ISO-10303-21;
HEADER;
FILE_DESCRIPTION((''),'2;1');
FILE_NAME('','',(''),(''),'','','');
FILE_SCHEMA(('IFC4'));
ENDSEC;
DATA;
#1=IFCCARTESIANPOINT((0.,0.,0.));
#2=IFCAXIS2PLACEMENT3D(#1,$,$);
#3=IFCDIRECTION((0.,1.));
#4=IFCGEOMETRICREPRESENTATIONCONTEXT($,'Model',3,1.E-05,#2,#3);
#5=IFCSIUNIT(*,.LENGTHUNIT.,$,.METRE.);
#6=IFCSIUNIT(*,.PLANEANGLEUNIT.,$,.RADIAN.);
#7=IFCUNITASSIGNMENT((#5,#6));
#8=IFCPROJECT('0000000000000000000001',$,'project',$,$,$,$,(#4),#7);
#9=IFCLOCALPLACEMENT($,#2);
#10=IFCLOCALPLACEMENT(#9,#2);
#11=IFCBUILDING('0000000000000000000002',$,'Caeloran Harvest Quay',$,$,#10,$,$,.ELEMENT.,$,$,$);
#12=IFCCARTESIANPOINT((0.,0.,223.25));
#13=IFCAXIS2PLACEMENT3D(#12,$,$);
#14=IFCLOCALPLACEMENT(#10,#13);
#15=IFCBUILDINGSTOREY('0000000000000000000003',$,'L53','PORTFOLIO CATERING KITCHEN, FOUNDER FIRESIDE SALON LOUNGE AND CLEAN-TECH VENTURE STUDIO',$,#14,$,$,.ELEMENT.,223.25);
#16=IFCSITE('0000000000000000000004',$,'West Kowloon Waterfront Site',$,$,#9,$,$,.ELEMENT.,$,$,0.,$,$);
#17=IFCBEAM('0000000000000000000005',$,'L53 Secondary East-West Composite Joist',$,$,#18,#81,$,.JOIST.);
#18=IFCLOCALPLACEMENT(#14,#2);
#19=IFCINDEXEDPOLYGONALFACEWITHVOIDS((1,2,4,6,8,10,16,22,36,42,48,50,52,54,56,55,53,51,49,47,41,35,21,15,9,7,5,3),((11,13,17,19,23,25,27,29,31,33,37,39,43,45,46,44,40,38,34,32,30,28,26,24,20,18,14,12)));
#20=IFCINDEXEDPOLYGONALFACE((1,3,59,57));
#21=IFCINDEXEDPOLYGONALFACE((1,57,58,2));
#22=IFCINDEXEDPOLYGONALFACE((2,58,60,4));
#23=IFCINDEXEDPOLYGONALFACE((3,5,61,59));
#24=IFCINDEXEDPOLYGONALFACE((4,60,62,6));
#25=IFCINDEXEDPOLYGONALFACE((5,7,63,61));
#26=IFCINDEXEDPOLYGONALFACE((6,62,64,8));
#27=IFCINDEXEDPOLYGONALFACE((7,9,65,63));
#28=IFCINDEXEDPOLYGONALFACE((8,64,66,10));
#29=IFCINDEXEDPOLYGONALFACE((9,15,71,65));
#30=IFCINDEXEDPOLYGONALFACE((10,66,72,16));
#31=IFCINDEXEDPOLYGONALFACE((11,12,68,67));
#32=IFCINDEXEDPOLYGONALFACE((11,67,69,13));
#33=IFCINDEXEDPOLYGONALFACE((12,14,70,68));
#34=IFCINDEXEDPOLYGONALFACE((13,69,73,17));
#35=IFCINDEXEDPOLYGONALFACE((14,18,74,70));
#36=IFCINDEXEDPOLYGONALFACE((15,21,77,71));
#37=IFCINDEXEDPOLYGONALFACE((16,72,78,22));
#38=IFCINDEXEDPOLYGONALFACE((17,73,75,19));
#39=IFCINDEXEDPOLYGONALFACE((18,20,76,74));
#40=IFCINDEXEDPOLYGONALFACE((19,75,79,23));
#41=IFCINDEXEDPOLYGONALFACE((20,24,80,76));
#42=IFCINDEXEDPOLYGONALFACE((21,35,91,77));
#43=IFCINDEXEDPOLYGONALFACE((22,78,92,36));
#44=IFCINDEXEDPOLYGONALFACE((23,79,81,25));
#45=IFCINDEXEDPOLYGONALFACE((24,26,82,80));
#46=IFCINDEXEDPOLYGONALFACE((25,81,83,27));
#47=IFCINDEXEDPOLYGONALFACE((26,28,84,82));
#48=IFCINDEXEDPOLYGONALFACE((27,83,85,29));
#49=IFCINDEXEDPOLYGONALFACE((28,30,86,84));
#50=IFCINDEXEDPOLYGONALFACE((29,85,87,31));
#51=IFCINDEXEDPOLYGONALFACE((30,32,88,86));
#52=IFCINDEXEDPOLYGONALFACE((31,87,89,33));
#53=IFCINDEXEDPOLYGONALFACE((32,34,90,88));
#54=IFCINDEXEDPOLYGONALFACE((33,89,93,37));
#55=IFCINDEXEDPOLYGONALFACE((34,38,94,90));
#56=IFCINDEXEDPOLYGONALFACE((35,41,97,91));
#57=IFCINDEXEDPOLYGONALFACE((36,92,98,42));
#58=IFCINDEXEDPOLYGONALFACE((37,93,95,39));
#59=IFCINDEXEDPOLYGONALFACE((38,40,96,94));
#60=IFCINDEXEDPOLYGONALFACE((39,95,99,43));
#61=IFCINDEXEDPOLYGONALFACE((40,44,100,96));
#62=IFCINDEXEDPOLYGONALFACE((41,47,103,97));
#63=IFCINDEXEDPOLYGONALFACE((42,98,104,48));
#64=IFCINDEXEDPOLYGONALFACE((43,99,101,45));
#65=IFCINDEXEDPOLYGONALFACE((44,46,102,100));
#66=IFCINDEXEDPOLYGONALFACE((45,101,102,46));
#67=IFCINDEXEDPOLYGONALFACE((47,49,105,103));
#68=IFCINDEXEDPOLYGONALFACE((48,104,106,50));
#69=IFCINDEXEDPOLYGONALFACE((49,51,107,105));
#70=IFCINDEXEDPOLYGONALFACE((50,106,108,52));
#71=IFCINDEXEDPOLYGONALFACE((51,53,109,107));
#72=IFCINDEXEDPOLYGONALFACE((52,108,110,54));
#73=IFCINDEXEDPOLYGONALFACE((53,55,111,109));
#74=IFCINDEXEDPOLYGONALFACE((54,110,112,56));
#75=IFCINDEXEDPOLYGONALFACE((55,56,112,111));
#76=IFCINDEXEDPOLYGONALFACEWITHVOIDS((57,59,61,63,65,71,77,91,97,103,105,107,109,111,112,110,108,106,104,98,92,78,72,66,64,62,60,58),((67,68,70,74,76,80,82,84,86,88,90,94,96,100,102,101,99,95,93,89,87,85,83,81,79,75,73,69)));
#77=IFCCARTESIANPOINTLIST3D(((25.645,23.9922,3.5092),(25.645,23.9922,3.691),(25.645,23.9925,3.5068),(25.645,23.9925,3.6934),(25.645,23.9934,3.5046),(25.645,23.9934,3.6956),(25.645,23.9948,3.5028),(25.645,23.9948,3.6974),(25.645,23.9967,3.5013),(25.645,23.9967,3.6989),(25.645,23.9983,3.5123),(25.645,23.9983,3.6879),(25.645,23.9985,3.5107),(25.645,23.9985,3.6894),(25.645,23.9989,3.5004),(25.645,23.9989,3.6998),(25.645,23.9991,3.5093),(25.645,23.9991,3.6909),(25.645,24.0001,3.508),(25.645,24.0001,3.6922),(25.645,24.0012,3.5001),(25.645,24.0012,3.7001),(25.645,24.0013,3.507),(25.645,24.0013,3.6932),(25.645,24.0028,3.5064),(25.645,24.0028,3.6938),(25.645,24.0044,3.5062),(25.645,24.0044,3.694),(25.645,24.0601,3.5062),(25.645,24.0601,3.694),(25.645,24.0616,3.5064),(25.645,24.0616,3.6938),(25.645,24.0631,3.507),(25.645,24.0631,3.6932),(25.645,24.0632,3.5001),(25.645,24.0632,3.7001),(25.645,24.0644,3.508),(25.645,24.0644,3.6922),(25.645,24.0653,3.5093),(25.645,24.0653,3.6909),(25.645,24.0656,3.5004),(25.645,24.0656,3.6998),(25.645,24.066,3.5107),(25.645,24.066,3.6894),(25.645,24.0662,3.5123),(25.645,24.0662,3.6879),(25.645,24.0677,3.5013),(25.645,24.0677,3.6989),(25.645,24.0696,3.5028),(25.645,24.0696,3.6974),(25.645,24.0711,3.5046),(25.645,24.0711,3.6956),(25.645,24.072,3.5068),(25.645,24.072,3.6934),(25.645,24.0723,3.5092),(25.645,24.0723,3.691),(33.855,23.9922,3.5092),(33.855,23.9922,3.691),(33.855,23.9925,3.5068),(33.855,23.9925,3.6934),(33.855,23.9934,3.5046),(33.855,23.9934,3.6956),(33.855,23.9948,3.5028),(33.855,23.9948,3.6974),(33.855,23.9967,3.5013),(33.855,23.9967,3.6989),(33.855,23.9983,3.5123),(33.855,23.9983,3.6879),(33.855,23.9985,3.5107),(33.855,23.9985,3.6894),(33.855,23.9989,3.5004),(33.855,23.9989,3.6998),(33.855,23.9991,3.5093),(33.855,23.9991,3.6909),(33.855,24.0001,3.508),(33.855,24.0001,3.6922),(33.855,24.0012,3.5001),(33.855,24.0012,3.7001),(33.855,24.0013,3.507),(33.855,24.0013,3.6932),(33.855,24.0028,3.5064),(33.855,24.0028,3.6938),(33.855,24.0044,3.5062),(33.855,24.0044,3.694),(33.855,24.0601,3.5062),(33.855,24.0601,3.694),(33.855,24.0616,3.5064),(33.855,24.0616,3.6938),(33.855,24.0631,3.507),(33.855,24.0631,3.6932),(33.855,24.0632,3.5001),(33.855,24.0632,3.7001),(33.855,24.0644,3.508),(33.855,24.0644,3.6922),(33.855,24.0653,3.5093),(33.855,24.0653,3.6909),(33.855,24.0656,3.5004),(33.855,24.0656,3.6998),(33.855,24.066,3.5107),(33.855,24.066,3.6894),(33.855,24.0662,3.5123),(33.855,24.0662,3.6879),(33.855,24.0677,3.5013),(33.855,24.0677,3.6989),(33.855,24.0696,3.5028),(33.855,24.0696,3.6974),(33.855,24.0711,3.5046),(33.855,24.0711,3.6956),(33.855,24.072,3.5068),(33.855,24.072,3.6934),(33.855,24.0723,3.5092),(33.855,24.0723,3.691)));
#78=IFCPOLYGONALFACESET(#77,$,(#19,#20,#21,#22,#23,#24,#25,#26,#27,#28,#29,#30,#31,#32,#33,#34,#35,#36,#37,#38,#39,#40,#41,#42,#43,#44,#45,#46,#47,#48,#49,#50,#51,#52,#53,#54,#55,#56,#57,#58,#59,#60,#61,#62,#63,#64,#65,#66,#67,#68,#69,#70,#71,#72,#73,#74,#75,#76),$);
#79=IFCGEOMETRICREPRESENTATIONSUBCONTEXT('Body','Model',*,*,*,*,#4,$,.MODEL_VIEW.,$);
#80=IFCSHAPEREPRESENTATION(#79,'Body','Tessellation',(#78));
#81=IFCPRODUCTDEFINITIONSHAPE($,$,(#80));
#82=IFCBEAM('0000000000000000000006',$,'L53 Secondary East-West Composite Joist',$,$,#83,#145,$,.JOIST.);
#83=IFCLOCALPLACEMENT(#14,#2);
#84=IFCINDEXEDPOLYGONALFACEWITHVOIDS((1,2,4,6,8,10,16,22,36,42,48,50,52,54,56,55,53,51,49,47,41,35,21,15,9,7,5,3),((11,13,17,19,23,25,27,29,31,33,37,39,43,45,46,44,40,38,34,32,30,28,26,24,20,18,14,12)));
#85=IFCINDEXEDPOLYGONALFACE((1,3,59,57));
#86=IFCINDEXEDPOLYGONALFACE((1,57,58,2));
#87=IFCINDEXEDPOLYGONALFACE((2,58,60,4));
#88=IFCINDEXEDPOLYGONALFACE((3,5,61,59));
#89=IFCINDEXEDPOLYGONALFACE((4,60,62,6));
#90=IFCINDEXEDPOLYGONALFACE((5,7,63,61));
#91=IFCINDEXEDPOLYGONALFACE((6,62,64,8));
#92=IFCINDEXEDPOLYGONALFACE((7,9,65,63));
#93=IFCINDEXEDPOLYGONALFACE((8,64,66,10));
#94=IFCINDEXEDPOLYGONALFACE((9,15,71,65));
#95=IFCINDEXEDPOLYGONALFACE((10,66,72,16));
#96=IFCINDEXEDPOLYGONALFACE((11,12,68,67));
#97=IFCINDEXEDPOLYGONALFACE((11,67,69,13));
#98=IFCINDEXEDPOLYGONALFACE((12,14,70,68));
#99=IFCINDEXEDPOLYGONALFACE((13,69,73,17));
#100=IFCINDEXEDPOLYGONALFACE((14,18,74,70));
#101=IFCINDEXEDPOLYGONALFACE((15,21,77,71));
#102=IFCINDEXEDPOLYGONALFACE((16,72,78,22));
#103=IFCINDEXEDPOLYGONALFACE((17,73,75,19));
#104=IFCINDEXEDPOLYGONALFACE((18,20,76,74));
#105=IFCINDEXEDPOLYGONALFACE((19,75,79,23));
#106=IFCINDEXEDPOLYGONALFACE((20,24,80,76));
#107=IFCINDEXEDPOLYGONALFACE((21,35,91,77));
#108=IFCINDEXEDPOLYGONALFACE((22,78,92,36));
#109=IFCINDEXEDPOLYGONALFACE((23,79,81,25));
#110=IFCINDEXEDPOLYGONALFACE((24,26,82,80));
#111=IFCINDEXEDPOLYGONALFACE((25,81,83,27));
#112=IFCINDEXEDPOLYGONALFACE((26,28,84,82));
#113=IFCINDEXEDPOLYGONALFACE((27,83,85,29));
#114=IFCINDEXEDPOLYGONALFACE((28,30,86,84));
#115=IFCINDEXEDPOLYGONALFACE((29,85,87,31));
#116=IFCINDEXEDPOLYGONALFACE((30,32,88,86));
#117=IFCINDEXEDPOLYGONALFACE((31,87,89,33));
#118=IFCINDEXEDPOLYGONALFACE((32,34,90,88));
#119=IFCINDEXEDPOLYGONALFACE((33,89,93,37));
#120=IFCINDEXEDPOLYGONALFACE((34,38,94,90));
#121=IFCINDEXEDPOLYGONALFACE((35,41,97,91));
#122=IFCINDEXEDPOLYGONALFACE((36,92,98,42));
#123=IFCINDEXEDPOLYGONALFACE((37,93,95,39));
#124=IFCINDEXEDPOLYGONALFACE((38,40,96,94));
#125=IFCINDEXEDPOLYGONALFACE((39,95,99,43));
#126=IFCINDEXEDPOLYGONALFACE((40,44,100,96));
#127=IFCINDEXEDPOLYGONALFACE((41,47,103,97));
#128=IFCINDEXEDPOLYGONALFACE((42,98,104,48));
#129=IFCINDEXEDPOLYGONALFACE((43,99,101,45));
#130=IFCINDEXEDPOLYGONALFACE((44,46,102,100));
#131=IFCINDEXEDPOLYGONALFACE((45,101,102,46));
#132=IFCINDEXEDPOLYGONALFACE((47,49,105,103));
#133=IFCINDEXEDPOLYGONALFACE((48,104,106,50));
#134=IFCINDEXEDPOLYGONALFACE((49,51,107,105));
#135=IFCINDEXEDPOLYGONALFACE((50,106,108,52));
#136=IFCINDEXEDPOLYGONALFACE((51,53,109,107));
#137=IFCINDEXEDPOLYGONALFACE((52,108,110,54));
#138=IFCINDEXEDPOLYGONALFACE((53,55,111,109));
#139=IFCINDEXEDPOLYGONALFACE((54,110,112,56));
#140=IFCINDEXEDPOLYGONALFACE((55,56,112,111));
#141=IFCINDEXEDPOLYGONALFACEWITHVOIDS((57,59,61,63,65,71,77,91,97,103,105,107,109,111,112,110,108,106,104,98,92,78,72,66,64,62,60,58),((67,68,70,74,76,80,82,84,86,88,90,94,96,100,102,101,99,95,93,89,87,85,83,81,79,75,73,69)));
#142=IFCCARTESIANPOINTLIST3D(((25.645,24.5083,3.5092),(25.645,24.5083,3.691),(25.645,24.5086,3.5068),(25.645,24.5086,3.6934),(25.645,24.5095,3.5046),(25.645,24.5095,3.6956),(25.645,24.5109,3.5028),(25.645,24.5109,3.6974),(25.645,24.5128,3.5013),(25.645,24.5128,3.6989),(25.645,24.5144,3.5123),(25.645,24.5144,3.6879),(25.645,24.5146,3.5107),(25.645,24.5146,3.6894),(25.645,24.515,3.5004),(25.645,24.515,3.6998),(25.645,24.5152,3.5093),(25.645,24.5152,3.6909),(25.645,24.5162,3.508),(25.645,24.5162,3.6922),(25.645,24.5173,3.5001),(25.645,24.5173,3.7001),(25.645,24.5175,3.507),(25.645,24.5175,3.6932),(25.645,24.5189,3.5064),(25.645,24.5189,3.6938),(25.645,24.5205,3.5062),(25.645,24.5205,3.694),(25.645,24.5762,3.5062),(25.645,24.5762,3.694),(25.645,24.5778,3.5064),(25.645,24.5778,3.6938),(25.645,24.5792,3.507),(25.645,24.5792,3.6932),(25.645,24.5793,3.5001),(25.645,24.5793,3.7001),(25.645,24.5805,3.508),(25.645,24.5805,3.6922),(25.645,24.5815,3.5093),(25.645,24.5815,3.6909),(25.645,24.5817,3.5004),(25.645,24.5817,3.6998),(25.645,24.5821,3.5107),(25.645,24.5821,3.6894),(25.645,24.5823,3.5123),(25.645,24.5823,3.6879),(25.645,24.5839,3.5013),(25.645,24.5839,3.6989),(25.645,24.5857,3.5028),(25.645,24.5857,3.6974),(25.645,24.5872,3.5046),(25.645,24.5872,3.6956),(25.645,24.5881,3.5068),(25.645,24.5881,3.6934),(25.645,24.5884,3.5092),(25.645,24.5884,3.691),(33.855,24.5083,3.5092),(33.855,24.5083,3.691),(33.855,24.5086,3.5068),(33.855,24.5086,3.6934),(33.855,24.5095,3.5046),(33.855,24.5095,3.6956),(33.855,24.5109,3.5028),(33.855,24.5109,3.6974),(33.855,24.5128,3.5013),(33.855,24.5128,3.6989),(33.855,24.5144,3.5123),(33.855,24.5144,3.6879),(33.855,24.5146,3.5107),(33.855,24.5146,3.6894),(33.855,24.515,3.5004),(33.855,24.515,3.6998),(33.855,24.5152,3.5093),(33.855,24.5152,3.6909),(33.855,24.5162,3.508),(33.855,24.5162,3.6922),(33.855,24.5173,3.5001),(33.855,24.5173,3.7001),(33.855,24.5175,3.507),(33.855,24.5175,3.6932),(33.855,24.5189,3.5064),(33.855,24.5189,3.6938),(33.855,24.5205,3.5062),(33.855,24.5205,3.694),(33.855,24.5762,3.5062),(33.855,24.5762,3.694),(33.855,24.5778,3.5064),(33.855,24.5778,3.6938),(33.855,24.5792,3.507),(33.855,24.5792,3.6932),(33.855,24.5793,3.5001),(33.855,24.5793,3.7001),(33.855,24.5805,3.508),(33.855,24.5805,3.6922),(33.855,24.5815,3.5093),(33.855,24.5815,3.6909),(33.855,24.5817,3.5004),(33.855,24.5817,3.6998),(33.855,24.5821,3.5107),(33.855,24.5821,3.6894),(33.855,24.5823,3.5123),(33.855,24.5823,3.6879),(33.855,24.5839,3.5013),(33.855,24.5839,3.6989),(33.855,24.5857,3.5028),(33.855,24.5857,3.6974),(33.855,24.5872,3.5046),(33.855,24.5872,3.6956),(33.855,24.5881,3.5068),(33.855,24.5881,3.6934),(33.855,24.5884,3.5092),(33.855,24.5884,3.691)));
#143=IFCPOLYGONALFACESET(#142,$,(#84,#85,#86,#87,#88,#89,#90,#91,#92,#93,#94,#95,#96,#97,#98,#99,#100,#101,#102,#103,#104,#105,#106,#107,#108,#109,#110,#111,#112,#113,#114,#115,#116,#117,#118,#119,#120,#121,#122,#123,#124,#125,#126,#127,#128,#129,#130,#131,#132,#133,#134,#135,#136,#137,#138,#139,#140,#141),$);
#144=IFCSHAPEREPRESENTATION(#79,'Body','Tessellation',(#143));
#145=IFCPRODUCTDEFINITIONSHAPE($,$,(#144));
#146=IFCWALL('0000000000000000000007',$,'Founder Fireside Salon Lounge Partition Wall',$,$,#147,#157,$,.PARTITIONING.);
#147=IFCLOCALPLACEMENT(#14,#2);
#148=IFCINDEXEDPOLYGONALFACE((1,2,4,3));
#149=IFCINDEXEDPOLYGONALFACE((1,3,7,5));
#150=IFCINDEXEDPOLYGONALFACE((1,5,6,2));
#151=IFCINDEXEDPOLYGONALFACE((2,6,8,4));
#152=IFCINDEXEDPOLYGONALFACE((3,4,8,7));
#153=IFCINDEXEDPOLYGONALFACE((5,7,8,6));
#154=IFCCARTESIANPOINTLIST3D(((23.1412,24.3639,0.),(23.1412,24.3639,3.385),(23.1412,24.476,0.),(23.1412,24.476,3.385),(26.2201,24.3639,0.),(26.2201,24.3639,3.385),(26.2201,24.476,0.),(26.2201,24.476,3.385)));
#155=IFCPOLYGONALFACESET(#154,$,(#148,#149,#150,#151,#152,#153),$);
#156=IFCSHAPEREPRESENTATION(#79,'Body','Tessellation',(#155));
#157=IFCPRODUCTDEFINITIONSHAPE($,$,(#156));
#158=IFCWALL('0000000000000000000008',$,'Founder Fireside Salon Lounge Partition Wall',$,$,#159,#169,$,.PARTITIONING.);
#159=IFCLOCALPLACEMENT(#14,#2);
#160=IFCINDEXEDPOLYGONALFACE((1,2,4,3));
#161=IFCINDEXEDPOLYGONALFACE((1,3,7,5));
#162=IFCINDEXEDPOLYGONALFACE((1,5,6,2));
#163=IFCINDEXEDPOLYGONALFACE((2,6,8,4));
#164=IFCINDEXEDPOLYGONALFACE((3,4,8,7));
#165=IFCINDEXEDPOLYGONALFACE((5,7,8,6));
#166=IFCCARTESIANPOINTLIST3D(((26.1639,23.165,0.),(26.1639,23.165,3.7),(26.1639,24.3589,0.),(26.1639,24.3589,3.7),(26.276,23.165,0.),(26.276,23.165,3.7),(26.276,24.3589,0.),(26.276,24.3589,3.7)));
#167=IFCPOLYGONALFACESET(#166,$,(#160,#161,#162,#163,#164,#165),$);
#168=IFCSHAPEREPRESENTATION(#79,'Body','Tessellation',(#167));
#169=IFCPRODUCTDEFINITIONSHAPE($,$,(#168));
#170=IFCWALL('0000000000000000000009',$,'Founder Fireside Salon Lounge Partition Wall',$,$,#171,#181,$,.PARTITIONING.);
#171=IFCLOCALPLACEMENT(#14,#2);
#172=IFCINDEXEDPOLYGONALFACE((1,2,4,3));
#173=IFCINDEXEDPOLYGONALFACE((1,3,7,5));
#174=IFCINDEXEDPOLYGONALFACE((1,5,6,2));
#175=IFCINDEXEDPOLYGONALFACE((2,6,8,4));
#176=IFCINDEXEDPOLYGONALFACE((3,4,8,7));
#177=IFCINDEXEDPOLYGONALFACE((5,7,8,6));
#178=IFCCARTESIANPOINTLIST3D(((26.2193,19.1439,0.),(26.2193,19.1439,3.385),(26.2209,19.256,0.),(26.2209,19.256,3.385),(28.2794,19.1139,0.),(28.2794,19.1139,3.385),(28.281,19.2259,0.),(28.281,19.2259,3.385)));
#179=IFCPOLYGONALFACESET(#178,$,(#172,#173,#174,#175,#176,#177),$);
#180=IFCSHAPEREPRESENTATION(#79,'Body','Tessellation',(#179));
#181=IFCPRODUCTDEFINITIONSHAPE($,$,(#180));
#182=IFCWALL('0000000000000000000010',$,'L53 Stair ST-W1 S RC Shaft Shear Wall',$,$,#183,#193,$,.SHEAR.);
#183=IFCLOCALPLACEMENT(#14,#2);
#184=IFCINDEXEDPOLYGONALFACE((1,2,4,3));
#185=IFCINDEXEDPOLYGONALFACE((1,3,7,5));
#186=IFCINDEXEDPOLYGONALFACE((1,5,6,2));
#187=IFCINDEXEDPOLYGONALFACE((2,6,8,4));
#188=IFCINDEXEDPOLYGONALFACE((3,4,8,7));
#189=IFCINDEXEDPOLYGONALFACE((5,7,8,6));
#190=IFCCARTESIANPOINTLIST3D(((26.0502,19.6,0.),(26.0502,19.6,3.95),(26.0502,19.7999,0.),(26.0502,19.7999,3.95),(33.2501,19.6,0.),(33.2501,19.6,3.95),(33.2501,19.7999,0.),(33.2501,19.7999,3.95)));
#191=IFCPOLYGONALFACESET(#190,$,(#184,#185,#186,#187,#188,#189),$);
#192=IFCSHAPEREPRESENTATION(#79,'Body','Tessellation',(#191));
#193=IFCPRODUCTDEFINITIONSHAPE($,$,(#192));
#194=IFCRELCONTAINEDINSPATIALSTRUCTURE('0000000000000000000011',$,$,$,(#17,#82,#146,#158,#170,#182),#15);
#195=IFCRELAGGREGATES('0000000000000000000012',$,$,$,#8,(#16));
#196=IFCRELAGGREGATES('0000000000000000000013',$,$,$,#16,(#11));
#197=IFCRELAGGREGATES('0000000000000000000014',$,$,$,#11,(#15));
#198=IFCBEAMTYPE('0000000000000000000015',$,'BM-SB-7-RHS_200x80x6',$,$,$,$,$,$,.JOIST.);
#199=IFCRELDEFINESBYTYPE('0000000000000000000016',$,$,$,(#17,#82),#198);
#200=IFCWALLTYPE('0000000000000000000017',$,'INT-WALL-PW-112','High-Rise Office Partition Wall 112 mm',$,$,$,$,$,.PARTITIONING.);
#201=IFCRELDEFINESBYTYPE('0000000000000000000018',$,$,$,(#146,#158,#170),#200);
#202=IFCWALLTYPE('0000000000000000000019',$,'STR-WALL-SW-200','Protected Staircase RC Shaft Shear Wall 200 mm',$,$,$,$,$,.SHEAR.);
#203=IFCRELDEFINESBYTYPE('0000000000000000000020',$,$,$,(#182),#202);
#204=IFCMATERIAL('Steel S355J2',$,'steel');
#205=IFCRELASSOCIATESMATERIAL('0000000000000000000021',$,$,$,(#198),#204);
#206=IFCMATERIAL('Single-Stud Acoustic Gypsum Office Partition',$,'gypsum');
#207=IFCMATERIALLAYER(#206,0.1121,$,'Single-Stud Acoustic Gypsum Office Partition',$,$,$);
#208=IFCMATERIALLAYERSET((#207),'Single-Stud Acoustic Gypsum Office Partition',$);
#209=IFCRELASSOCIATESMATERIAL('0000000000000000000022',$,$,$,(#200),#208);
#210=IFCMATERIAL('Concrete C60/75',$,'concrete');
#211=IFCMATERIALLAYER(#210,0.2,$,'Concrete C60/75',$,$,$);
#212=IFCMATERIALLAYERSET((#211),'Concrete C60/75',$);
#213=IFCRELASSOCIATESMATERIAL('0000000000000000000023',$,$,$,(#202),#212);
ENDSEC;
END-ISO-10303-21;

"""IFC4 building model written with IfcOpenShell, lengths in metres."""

from ifc_helpers import new_model, si_unit, direction, frame, frame_2d, origin, origin_2d, place, context, subcontext, project, spatial, rectangle, hollow_rectangle, extrude, material, layer, layer_set, material_profile, profile_set, type_object, element, save


model = new_model("IFC4")

# Units and contexts
model_context = context("Model", 3, precision=1e-05, world=origin(), true_north=direction((0.0, 1.0)))
body_context = subcontext(model_context, "Body", "Model", "MODEL_VIEW")
ifc_project = project(units=[si_unit("LENGTHUNIT", "METRE"), si_unit("PLANEANGLEUNIT", "RADIAN")], contexts=[model_context])

# Site, building, storey
site_placement = place(None, origin())
site = spatial("IfcSite", under=ifc_project, at=site_placement, Name="West Kowloon Waterfront Site", CompositionType="ELEMENT", RefElevation=0.0)
building_placement = place(site_placement, origin())
building = spatial("IfcBuilding", under=site, at=building_placement, Name="Caeloran Harvest Quay", CompositionType="ELEMENT")
storey_placement = place(building_placement, frame((0.0, 0.0, 223.25)))
storey = spatial("IfcBuildingStorey", under=building, at=storey_placement, Name="L53", Description="PORTFOLIO CATERING KITCHEN, FOUNDER FIRESIDE SALON LOUNGE AND CLEAN-TECH VENTURE STUDIO", CompositionType="ELEMENT", Elevation=223.25)

# Beams
ifc_material_1 = material(Name="Steel S355J2", Category="steel")
ifc_material_profile_1 = material_profile(ifc_material_1, hollow_rectangle(XDim=0.0801, YDim=0.2, WallThickness=0.0061, InnerFilletRadius=0.0061, OuterFilletRadius=0.009, at=origin_2d()), Name="RHS 200x80x6")
ifc_profile_set_1 = profile_set([ifc_material_profile_1], Name="Steel S355J2")
beam_type_1 = type_object("IfcBeamType", Name="BM-SB-7-RHS_200x80x6", PredefinedType="JOIST", material=ifc_profile_set_1)
for number, where, z_axis, x_axis, name in (
    (1, (25.645, 24.0322, 3.6001), (1.0, 0.0, 0.0), (0.0, 1.0, 0.0), "L53 Secondary East-West Composite Joist"),
    (2, (25.645, 24.5483, 3.6001), (1.0, 0.0, 0.0), (0.0, 1.0, 0.0), "L53 Secondary East-West Composite Joist"),
):
    element("IfcBeam", number, at=place(storey_placement, frame(where, z_axis=z_axis, x_axis=x_axis)), inside=storey, type_object=beam_type_1, Name=name, PredefinedType="JOIST", context=body_context, shape_type="SweptSolid", body=[
        extrude(hollow_rectangle(XDim=0.0801, YDim=0.2, WallThickness=0.0061, InnerFilletRadius=0.0061, OuterFilletRadius=0.009, at=origin_2d()), origin(), (0.0, 0.0, 1.0), 8.21),
    ])

# Walls
ifc_material_2 = material(Name="Single-Stud Acoustic Gypsum Office Partition", Category="gypsum")
ifc_layer_1 = layer(ifc_material_2, 0.1121, Name="Single-Stud Acoustic Gypsum Office Partition")
ifc_layer_set_1 = layer_set([ifc_layer_1], Name="Single-Stud Acoustic Gypsum Office Partition")
wall_type_1 = type_object("IfcWallType", Name="INT-WALL-PW-112", Description="High-Rise Office Partition Wall 112 mm", PredefinedType="PARTITIONING", material=ifc_layer_set_1)
wall_1_placement = place(storey_placement, frame((23.1411, 24.4199, 0.0), z_axis=(0.0, 0.0, 1.0), x_axis=(1.0, 0.0, 0.0)))
element("IfcWall", 3, at=wall_1_placement, inside=storey, type_object=wall_type_1, Name="Founder Fireside Salon Lounge Partition Wall", PredefinedType="PARTITIONING", context=body_context, shape_type="SweptSolid", body=[
    extrude(rectangle(XDim=3.0789, YDim=0.1121, at=frame_2d((1.5396, 0.0))), origin(), (0.0, 0.0, 1.0), 3.385),
])
wall_2_placement = place(storey_placement, frame((26.22, 24.3589, 0.0), z_axis=(0.0, 0.0, 1.0), x_axis=(0.0, -1.0, 0.0)))
element("IfcWall", 4, at=wall_2_placement, inside=storey, type_object=wall_type_1, Name="Founder Fireside Salon Lounge Partition Wall", PredefinedType="PARTITIONING", context=body_context, shape_type="SweptSolid", body=[
    extrude(rectangle(XDim=1.1938, YDim=0.1121, at=frame_2d((0.5969, 0.0))), origin(), (0.0, 0.0, 1.0), 3.7),
])
wall_3_placement = place(storey_placement, frame((26.22, 19.2, 0.0), z_axis=(0.0, 0.0, 1.0), x_axis=(0.999894, -0.014575, 0.0)))
element("IfcWall", 5, at=wall_3_placement, inside=storey, type_object=wall_type_1, Name="Founder Fireside Salon Lounge Partition Wall", PredefinedType="PARTITIONING", context=body_context, shape_type="SweptSolid", body=[
    extrude(rectangle(XDim=2.0603, YDim=0.1121, at=frame_2d((1.0303, 0.0))), origin(), (0.0, 0.0, 1.0), 3.385),
])
ifc_material_3 = material(Name="Concrete C60/75", Category="concrete")
ifc_layer_2 = layer(ifc_material_3, 0.2, Name="Concrete C60/75")
ifc_layer_set_2 = layer_set([ifc_layer_2], Name="Concrete C60/75")
wall_type_2 = type_object("IfcWallType", Name="STR-WALL-SW-200", Description="Protected Staircase RC Shaft Shear Wall 200 mm", PredefinedType="SHEAR", material=ifc_layer_set_2)
wall_4_placement = place(storey_placement, frame((26.05, 19.7, 0.0), z_axis=(0.0, 0.0, 1.0), x_axis=(1.0, 0.0, 0.0)))
element("IfcWall", 6, at=wall_4_placement, inside=storey, type_object=wall_type_2, Name="L53 Stair ST-W1 S RC Shaft Shear Wall", PredefinedType="SHEAR", context=body_context, shape_type="SweptSolid", body=[
    extrude(rectangle(XDim=7.2, YDim=0.2, at=frame_2d((3.6001, 0.0))), origin(), (0.0, 0.0, 1.0), 3.95),
])

save(model, "model.ifc")
